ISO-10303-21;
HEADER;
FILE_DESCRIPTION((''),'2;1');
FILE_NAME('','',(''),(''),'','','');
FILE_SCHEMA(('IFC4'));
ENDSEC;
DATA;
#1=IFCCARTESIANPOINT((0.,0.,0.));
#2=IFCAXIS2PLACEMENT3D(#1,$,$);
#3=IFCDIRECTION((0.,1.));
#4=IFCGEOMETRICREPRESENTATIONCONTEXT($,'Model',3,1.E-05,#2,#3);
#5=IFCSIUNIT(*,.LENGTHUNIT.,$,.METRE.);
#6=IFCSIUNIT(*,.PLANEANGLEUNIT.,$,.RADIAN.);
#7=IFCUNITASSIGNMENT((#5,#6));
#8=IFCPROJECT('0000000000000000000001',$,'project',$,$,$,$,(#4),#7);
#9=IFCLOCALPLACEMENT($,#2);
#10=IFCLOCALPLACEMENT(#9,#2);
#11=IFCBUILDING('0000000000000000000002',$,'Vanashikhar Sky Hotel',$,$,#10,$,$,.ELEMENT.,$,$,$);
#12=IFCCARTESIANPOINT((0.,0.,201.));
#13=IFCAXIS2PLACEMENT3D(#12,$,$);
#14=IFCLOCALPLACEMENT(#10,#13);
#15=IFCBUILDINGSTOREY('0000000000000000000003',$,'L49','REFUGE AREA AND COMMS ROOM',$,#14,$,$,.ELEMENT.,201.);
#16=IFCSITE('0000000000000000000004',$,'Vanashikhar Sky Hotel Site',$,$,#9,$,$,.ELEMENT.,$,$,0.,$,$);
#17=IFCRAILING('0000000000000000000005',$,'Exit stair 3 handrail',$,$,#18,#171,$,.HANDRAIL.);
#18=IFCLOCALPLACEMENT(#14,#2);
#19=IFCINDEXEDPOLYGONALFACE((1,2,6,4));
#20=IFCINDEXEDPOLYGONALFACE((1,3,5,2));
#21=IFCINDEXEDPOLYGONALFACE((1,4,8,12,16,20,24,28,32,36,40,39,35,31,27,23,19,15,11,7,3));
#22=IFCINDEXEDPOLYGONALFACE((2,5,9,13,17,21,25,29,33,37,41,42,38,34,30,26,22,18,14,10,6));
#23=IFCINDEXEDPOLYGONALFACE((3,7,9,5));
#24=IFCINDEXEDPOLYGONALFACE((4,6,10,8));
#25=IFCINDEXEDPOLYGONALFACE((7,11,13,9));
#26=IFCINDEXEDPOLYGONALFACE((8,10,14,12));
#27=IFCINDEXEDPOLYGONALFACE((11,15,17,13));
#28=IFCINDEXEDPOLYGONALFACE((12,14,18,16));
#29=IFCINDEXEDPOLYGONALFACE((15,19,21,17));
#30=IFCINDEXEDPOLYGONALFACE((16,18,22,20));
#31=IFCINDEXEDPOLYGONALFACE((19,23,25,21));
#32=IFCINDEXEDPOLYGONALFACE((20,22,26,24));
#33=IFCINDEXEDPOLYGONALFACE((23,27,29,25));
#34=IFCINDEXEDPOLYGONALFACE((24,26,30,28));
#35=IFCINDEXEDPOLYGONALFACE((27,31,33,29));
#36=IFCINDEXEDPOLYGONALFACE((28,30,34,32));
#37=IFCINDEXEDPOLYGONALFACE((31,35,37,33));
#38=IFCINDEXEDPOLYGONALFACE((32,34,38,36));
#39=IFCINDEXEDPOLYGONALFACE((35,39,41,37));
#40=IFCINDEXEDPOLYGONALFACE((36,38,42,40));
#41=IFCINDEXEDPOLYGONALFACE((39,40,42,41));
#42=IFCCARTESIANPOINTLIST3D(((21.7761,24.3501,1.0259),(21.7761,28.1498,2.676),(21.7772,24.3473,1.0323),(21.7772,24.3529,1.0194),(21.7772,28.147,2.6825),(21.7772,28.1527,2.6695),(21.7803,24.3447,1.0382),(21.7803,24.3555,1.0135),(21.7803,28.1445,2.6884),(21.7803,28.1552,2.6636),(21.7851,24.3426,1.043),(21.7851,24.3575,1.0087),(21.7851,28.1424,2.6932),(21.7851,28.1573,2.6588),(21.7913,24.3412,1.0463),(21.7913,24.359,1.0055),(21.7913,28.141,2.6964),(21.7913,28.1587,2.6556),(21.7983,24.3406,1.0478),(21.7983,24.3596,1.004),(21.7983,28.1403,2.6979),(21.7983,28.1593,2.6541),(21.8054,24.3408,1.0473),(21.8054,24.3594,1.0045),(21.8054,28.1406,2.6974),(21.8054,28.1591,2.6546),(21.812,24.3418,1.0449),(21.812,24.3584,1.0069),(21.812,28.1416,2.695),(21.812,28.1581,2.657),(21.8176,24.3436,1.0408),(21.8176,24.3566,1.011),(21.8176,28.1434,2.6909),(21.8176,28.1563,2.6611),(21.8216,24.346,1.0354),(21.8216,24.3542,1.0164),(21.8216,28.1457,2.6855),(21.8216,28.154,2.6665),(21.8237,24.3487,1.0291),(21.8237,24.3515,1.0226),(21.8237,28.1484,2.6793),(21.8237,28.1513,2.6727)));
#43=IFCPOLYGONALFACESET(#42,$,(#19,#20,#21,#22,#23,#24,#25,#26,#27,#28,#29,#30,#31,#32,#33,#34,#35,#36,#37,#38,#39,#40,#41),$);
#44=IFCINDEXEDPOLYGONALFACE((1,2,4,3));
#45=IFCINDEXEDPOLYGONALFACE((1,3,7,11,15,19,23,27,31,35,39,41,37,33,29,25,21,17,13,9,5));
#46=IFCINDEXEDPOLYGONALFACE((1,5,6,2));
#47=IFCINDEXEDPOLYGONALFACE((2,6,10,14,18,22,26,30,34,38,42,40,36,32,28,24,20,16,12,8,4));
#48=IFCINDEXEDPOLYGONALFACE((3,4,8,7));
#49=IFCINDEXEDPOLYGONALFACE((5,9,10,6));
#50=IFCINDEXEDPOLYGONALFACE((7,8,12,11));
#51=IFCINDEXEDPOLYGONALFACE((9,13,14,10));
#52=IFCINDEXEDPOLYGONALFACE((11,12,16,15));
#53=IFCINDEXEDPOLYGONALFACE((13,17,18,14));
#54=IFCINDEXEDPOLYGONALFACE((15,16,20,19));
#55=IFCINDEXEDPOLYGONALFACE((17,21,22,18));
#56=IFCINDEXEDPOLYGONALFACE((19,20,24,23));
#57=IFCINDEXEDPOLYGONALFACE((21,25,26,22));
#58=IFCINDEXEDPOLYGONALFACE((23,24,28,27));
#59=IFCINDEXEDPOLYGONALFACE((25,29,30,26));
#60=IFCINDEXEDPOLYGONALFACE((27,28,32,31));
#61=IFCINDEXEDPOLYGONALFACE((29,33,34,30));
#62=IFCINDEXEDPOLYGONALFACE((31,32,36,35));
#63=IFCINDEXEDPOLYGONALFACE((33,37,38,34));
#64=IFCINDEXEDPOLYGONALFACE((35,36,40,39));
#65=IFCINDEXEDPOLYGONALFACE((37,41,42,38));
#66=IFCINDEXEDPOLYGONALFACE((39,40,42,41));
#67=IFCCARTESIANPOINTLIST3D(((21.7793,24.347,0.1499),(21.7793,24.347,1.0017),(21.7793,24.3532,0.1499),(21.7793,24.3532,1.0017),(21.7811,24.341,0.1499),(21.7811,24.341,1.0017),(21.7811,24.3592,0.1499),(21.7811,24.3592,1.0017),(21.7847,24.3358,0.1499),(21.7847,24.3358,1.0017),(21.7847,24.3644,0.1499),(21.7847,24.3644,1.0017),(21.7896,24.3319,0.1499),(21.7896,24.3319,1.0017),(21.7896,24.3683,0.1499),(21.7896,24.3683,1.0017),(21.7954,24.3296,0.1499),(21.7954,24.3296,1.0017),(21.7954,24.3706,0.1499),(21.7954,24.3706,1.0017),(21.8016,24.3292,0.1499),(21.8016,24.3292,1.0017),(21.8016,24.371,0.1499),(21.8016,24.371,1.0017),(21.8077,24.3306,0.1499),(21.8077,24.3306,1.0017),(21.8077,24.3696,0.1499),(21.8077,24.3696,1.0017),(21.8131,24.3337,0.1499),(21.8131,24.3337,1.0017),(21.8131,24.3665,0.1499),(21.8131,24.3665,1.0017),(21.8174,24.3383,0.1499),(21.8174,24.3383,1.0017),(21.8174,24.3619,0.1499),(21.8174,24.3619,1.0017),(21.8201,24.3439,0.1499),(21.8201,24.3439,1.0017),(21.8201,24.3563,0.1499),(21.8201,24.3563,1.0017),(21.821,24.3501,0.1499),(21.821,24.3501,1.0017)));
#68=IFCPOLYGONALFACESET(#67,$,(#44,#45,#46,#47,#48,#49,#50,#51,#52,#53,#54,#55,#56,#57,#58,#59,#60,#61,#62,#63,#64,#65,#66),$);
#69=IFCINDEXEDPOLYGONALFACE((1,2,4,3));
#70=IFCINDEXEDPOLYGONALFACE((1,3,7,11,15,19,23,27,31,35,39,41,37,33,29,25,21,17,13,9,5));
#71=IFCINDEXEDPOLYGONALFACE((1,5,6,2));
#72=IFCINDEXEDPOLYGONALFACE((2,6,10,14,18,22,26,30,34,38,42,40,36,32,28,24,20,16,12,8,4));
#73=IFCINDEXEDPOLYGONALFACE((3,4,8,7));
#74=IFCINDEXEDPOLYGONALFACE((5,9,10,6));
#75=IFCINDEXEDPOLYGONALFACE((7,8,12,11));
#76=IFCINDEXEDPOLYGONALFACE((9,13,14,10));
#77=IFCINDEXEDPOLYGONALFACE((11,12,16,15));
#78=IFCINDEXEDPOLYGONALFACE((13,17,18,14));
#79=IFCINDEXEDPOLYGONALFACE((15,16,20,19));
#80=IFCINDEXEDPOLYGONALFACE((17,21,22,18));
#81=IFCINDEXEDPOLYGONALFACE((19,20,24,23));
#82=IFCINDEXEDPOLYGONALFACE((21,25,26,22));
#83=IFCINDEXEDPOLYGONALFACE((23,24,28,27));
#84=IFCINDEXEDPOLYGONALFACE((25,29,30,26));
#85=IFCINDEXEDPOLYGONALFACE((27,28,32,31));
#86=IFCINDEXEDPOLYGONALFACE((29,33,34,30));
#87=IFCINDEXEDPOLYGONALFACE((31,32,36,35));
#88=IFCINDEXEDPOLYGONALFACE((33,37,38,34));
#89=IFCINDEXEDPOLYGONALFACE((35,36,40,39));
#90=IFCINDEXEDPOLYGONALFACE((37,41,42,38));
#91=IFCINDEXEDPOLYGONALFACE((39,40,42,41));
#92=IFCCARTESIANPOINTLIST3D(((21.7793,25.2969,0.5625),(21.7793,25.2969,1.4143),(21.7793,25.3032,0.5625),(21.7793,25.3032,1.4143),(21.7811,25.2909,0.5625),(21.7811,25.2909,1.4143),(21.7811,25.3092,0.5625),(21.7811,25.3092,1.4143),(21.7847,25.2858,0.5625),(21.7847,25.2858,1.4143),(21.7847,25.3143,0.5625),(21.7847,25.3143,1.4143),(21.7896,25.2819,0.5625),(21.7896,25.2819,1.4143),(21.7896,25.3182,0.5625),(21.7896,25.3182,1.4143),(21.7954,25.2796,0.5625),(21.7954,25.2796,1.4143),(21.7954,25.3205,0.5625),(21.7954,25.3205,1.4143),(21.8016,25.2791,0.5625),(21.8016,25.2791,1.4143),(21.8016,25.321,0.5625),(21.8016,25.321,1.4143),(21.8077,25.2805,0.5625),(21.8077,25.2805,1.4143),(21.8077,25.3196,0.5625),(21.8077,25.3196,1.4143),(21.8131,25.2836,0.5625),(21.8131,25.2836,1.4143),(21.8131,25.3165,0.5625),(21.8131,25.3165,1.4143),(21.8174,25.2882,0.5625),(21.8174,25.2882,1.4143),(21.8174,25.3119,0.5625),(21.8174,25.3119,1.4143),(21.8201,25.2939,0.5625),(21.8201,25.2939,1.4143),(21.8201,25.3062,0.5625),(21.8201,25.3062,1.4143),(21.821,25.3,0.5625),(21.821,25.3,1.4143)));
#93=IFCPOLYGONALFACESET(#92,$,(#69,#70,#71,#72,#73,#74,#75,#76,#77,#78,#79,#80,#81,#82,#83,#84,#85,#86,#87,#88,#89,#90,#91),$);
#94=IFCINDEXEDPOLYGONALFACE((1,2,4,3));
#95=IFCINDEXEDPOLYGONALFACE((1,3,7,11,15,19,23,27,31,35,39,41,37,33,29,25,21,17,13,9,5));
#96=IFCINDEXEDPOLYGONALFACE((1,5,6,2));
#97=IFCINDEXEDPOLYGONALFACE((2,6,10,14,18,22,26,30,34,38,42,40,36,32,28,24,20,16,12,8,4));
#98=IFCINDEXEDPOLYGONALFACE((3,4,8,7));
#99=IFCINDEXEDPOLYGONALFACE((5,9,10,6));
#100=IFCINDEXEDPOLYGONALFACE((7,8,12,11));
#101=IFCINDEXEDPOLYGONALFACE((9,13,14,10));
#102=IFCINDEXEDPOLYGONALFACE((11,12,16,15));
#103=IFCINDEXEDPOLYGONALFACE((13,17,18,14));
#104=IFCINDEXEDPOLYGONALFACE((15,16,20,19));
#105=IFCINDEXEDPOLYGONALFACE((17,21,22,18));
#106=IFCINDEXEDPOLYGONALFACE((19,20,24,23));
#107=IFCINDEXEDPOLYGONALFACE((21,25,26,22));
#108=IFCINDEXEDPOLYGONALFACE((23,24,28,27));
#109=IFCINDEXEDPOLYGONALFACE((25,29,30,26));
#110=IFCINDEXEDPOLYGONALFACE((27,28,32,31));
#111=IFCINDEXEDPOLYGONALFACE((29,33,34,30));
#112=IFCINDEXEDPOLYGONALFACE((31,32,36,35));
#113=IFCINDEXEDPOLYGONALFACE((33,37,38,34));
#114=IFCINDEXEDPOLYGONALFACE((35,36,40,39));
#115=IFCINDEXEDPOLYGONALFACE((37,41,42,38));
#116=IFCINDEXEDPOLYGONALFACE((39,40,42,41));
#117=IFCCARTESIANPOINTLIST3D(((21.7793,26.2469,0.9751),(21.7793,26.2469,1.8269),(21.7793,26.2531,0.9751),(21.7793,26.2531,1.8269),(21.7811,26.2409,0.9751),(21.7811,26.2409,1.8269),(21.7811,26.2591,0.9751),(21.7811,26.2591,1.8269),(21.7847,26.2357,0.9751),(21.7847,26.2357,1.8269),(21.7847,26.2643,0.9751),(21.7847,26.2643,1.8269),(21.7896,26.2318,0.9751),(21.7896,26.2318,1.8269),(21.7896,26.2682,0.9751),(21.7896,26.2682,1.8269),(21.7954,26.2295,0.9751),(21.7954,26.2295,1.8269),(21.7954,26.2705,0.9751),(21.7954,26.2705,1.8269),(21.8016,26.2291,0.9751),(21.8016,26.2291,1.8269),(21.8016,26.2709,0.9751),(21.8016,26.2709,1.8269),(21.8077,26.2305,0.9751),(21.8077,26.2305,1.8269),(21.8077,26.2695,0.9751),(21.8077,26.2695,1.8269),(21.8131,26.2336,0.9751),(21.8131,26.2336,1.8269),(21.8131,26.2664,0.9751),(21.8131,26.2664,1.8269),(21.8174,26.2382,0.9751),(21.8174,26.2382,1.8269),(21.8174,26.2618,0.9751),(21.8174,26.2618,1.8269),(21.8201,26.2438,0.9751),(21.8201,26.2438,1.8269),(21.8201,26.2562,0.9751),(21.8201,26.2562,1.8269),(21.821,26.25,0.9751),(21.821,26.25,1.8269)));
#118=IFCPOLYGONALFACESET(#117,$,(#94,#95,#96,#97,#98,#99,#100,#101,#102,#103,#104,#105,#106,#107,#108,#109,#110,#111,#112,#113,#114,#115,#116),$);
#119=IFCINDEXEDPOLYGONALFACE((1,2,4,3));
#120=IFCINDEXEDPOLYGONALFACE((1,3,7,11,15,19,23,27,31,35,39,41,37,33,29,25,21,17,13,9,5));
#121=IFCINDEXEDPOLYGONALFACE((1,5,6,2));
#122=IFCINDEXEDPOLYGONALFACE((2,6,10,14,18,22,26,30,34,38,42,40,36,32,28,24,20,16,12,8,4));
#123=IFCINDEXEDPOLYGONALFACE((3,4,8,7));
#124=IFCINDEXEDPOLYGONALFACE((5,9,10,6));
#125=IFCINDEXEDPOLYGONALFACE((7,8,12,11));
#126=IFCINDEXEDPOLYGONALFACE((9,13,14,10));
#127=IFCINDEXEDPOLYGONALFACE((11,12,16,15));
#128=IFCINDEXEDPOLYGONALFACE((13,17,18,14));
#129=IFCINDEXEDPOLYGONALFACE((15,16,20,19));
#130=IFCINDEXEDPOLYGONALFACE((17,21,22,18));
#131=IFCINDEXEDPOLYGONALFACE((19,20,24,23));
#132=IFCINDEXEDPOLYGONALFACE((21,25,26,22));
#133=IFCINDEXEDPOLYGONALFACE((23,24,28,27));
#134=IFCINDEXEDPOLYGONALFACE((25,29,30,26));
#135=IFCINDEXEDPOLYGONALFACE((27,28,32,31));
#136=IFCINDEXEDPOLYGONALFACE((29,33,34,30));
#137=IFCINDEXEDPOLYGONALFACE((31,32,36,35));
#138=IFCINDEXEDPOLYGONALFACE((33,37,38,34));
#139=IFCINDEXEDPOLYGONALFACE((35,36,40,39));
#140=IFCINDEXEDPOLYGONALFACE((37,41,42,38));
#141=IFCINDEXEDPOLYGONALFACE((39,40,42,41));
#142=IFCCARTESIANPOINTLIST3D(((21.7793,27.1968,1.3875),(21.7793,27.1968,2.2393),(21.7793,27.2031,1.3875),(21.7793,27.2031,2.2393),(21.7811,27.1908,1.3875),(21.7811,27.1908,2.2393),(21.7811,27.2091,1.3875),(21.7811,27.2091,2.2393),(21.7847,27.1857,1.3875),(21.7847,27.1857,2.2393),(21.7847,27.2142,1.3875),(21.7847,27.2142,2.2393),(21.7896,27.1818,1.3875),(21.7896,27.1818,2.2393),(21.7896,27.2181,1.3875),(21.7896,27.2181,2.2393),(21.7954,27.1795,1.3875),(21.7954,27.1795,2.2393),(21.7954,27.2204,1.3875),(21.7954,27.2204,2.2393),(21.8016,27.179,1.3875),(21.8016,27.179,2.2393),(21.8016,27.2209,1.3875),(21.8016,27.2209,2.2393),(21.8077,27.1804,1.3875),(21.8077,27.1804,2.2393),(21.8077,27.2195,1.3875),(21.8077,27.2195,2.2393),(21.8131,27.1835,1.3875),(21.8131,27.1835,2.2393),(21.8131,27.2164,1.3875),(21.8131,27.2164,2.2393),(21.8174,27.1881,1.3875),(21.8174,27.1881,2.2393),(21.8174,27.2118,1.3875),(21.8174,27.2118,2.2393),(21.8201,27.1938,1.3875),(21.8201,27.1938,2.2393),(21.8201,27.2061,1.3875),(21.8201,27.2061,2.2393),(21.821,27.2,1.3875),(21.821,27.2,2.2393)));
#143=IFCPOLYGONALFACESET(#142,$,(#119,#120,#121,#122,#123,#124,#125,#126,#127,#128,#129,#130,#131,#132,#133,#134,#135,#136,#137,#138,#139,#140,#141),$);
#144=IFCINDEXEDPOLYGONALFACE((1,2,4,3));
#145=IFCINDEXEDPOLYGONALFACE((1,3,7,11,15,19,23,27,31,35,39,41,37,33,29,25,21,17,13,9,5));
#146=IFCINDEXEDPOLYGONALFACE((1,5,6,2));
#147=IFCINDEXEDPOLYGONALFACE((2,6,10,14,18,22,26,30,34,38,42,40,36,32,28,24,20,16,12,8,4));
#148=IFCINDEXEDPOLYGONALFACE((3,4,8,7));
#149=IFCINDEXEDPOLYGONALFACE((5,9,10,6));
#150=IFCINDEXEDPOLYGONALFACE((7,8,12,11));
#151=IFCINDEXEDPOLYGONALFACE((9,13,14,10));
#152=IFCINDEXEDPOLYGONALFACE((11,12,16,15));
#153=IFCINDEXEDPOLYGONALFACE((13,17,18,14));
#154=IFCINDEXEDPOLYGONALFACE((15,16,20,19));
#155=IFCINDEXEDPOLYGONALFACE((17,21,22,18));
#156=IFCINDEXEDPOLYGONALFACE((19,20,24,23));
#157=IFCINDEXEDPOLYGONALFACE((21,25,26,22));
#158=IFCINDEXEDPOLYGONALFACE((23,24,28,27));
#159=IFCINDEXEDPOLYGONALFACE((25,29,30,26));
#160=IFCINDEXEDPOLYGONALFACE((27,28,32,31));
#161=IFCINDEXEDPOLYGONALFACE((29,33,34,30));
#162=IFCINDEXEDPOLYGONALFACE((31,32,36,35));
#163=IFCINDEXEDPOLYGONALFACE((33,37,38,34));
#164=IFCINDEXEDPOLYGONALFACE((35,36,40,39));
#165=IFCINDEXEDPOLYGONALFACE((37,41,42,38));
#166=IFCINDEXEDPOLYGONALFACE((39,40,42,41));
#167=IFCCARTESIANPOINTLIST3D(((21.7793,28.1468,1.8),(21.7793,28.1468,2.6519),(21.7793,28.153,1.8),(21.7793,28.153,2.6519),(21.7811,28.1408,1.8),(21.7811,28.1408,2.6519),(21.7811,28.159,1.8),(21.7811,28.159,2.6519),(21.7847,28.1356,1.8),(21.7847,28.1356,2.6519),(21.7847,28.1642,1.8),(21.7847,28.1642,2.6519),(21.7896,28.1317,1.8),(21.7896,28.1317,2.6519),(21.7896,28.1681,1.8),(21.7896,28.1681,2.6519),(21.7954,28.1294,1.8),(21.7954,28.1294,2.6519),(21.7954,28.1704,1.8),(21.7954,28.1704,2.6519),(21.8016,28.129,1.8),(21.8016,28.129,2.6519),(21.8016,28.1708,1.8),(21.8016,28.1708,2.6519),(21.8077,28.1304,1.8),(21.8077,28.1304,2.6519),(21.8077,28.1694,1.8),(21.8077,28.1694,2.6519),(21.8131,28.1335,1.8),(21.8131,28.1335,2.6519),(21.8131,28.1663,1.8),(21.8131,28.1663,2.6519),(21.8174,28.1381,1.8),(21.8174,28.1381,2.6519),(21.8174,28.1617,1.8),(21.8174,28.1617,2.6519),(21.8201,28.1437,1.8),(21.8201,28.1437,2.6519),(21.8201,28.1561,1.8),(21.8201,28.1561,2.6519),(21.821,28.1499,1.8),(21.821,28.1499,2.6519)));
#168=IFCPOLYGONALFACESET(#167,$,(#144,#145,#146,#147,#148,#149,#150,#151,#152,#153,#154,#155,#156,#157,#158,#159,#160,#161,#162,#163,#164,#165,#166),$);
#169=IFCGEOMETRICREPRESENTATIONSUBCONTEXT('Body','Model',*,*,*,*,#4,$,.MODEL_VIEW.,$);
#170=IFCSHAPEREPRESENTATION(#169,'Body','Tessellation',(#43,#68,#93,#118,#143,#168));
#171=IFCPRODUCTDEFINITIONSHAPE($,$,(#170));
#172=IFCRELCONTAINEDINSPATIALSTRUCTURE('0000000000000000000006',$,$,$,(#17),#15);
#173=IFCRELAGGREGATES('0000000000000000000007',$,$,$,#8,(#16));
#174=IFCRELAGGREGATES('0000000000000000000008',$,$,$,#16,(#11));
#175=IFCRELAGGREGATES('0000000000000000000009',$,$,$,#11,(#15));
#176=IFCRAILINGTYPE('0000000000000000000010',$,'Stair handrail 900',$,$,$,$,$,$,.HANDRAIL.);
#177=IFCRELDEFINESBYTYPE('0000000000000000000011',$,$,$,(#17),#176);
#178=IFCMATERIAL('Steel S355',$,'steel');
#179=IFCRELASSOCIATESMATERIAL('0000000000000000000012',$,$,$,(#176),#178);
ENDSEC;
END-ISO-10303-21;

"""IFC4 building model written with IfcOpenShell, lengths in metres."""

from ifc_helpers import new_model, si_unit, direction, frame, origin, origin_2d, place, context, subcontext, project, spatial, circle, extrude, source, transform, mapped, material, type_object, element, save


model = new_model("IFC4")

# Units and contexts
model_context = context("Model", 3, precision=1e-05, world=origin(), true_north=direction((0.0, 1.0)))
body_context = subcontext(model_context, "Body", "Model", "MODEL_VIEW")
ifc_project = project(units=[si_unit("LENGTHUNIT", "METRE"), si_unit("PLANEANGLEUNIT", "RADIAN")], contexts=[model_context])

# Site, building, storey
site_placement = place(None, origin())
site = spatial("IfcSite", under=ifc_project, at=site_placement, Name="Vanashikhar Sky Hotel Site", CompositionType="ELEMENT", RefElevation=0.0)
building_placement = place(site_placement, origin())
building = spatial("IfcBuilding", under=site, at=building_placement, Name="Vanashikhar Sky Hotel", CompositionType="ELEMENT")
storey_placement = place(building_placement, frame((0.0, 0.0, 201.0)))
storey = spatial("IfcBuildingStorey", under=building, at=storey_placement, Name="L49", Description="REFUGE AREA AND COMMS ROOM", CompositionType="ELEMENT", Elevation=201.0)

# Railing
ifc_material_1 = material(Name="Steel S355", Category="steel")
railing_type_1 = type_object("IfcRailingType", Name="Stair handrail 900", PredefinedType="HANDRAIL", material=ifc_material_1)
shared_shape_1 = source(origin(), body_context, "Body", "SweptSolid", [
    extrude(circle(Radius=0.0239, at=origin_2d()), frame((0.0, 0.0, 0.876), z_axis=(0.0, 0.917241, 0.398332), x_axis=(-1.0, 0.0, 0.0)), (0.0, 0.0, 1.0), 4.1426),
    extrude(circle(Radius=0.021, at=origin_2d()), origin(), (0.0, 0.0, 1.0), 0.8518),
    extrude(circle(Radius=0.021, at=origin_2d()), frame((0.0, 0.95, 0.4126)), (0.0, 0.0, 1.0), 0.8518),
    extrude(circle(Radius=0.021, at=origin_2d()), frame((0.0, 1.8999, 0.8252)), (0.0, 0.0, 1.0), 0.8518),
    extrude(circle(Radius=0.021, at=origin_2d()), frame((0.0, 2.8499, 1.2375)), (0.0, 0.0, 1.0), 0.8518),
    extrude(circle(Radius=0.021, at=origin_2d()), frame((0.0, 3.7998, 1.6501)), (0.0, 0.0, 1.0), 0.8518),
])
railing_1_placement = place(storey_placement, frame((21.8, 24.3501, 0.1499)))
element("IfcRailing", 1, at=railing_1_placement, inside=storey, type_object=railing_type_1, Name="Exit stair 3 handrail", PredefinedType="HANDRAIL", context=body_context, shape_type="MappedRepresentation", body=[
    mapped(shared_shape_1, transform((0.0, 0.0, 0.0), scale=1.0)),
])

save(model, "model.ifc")
